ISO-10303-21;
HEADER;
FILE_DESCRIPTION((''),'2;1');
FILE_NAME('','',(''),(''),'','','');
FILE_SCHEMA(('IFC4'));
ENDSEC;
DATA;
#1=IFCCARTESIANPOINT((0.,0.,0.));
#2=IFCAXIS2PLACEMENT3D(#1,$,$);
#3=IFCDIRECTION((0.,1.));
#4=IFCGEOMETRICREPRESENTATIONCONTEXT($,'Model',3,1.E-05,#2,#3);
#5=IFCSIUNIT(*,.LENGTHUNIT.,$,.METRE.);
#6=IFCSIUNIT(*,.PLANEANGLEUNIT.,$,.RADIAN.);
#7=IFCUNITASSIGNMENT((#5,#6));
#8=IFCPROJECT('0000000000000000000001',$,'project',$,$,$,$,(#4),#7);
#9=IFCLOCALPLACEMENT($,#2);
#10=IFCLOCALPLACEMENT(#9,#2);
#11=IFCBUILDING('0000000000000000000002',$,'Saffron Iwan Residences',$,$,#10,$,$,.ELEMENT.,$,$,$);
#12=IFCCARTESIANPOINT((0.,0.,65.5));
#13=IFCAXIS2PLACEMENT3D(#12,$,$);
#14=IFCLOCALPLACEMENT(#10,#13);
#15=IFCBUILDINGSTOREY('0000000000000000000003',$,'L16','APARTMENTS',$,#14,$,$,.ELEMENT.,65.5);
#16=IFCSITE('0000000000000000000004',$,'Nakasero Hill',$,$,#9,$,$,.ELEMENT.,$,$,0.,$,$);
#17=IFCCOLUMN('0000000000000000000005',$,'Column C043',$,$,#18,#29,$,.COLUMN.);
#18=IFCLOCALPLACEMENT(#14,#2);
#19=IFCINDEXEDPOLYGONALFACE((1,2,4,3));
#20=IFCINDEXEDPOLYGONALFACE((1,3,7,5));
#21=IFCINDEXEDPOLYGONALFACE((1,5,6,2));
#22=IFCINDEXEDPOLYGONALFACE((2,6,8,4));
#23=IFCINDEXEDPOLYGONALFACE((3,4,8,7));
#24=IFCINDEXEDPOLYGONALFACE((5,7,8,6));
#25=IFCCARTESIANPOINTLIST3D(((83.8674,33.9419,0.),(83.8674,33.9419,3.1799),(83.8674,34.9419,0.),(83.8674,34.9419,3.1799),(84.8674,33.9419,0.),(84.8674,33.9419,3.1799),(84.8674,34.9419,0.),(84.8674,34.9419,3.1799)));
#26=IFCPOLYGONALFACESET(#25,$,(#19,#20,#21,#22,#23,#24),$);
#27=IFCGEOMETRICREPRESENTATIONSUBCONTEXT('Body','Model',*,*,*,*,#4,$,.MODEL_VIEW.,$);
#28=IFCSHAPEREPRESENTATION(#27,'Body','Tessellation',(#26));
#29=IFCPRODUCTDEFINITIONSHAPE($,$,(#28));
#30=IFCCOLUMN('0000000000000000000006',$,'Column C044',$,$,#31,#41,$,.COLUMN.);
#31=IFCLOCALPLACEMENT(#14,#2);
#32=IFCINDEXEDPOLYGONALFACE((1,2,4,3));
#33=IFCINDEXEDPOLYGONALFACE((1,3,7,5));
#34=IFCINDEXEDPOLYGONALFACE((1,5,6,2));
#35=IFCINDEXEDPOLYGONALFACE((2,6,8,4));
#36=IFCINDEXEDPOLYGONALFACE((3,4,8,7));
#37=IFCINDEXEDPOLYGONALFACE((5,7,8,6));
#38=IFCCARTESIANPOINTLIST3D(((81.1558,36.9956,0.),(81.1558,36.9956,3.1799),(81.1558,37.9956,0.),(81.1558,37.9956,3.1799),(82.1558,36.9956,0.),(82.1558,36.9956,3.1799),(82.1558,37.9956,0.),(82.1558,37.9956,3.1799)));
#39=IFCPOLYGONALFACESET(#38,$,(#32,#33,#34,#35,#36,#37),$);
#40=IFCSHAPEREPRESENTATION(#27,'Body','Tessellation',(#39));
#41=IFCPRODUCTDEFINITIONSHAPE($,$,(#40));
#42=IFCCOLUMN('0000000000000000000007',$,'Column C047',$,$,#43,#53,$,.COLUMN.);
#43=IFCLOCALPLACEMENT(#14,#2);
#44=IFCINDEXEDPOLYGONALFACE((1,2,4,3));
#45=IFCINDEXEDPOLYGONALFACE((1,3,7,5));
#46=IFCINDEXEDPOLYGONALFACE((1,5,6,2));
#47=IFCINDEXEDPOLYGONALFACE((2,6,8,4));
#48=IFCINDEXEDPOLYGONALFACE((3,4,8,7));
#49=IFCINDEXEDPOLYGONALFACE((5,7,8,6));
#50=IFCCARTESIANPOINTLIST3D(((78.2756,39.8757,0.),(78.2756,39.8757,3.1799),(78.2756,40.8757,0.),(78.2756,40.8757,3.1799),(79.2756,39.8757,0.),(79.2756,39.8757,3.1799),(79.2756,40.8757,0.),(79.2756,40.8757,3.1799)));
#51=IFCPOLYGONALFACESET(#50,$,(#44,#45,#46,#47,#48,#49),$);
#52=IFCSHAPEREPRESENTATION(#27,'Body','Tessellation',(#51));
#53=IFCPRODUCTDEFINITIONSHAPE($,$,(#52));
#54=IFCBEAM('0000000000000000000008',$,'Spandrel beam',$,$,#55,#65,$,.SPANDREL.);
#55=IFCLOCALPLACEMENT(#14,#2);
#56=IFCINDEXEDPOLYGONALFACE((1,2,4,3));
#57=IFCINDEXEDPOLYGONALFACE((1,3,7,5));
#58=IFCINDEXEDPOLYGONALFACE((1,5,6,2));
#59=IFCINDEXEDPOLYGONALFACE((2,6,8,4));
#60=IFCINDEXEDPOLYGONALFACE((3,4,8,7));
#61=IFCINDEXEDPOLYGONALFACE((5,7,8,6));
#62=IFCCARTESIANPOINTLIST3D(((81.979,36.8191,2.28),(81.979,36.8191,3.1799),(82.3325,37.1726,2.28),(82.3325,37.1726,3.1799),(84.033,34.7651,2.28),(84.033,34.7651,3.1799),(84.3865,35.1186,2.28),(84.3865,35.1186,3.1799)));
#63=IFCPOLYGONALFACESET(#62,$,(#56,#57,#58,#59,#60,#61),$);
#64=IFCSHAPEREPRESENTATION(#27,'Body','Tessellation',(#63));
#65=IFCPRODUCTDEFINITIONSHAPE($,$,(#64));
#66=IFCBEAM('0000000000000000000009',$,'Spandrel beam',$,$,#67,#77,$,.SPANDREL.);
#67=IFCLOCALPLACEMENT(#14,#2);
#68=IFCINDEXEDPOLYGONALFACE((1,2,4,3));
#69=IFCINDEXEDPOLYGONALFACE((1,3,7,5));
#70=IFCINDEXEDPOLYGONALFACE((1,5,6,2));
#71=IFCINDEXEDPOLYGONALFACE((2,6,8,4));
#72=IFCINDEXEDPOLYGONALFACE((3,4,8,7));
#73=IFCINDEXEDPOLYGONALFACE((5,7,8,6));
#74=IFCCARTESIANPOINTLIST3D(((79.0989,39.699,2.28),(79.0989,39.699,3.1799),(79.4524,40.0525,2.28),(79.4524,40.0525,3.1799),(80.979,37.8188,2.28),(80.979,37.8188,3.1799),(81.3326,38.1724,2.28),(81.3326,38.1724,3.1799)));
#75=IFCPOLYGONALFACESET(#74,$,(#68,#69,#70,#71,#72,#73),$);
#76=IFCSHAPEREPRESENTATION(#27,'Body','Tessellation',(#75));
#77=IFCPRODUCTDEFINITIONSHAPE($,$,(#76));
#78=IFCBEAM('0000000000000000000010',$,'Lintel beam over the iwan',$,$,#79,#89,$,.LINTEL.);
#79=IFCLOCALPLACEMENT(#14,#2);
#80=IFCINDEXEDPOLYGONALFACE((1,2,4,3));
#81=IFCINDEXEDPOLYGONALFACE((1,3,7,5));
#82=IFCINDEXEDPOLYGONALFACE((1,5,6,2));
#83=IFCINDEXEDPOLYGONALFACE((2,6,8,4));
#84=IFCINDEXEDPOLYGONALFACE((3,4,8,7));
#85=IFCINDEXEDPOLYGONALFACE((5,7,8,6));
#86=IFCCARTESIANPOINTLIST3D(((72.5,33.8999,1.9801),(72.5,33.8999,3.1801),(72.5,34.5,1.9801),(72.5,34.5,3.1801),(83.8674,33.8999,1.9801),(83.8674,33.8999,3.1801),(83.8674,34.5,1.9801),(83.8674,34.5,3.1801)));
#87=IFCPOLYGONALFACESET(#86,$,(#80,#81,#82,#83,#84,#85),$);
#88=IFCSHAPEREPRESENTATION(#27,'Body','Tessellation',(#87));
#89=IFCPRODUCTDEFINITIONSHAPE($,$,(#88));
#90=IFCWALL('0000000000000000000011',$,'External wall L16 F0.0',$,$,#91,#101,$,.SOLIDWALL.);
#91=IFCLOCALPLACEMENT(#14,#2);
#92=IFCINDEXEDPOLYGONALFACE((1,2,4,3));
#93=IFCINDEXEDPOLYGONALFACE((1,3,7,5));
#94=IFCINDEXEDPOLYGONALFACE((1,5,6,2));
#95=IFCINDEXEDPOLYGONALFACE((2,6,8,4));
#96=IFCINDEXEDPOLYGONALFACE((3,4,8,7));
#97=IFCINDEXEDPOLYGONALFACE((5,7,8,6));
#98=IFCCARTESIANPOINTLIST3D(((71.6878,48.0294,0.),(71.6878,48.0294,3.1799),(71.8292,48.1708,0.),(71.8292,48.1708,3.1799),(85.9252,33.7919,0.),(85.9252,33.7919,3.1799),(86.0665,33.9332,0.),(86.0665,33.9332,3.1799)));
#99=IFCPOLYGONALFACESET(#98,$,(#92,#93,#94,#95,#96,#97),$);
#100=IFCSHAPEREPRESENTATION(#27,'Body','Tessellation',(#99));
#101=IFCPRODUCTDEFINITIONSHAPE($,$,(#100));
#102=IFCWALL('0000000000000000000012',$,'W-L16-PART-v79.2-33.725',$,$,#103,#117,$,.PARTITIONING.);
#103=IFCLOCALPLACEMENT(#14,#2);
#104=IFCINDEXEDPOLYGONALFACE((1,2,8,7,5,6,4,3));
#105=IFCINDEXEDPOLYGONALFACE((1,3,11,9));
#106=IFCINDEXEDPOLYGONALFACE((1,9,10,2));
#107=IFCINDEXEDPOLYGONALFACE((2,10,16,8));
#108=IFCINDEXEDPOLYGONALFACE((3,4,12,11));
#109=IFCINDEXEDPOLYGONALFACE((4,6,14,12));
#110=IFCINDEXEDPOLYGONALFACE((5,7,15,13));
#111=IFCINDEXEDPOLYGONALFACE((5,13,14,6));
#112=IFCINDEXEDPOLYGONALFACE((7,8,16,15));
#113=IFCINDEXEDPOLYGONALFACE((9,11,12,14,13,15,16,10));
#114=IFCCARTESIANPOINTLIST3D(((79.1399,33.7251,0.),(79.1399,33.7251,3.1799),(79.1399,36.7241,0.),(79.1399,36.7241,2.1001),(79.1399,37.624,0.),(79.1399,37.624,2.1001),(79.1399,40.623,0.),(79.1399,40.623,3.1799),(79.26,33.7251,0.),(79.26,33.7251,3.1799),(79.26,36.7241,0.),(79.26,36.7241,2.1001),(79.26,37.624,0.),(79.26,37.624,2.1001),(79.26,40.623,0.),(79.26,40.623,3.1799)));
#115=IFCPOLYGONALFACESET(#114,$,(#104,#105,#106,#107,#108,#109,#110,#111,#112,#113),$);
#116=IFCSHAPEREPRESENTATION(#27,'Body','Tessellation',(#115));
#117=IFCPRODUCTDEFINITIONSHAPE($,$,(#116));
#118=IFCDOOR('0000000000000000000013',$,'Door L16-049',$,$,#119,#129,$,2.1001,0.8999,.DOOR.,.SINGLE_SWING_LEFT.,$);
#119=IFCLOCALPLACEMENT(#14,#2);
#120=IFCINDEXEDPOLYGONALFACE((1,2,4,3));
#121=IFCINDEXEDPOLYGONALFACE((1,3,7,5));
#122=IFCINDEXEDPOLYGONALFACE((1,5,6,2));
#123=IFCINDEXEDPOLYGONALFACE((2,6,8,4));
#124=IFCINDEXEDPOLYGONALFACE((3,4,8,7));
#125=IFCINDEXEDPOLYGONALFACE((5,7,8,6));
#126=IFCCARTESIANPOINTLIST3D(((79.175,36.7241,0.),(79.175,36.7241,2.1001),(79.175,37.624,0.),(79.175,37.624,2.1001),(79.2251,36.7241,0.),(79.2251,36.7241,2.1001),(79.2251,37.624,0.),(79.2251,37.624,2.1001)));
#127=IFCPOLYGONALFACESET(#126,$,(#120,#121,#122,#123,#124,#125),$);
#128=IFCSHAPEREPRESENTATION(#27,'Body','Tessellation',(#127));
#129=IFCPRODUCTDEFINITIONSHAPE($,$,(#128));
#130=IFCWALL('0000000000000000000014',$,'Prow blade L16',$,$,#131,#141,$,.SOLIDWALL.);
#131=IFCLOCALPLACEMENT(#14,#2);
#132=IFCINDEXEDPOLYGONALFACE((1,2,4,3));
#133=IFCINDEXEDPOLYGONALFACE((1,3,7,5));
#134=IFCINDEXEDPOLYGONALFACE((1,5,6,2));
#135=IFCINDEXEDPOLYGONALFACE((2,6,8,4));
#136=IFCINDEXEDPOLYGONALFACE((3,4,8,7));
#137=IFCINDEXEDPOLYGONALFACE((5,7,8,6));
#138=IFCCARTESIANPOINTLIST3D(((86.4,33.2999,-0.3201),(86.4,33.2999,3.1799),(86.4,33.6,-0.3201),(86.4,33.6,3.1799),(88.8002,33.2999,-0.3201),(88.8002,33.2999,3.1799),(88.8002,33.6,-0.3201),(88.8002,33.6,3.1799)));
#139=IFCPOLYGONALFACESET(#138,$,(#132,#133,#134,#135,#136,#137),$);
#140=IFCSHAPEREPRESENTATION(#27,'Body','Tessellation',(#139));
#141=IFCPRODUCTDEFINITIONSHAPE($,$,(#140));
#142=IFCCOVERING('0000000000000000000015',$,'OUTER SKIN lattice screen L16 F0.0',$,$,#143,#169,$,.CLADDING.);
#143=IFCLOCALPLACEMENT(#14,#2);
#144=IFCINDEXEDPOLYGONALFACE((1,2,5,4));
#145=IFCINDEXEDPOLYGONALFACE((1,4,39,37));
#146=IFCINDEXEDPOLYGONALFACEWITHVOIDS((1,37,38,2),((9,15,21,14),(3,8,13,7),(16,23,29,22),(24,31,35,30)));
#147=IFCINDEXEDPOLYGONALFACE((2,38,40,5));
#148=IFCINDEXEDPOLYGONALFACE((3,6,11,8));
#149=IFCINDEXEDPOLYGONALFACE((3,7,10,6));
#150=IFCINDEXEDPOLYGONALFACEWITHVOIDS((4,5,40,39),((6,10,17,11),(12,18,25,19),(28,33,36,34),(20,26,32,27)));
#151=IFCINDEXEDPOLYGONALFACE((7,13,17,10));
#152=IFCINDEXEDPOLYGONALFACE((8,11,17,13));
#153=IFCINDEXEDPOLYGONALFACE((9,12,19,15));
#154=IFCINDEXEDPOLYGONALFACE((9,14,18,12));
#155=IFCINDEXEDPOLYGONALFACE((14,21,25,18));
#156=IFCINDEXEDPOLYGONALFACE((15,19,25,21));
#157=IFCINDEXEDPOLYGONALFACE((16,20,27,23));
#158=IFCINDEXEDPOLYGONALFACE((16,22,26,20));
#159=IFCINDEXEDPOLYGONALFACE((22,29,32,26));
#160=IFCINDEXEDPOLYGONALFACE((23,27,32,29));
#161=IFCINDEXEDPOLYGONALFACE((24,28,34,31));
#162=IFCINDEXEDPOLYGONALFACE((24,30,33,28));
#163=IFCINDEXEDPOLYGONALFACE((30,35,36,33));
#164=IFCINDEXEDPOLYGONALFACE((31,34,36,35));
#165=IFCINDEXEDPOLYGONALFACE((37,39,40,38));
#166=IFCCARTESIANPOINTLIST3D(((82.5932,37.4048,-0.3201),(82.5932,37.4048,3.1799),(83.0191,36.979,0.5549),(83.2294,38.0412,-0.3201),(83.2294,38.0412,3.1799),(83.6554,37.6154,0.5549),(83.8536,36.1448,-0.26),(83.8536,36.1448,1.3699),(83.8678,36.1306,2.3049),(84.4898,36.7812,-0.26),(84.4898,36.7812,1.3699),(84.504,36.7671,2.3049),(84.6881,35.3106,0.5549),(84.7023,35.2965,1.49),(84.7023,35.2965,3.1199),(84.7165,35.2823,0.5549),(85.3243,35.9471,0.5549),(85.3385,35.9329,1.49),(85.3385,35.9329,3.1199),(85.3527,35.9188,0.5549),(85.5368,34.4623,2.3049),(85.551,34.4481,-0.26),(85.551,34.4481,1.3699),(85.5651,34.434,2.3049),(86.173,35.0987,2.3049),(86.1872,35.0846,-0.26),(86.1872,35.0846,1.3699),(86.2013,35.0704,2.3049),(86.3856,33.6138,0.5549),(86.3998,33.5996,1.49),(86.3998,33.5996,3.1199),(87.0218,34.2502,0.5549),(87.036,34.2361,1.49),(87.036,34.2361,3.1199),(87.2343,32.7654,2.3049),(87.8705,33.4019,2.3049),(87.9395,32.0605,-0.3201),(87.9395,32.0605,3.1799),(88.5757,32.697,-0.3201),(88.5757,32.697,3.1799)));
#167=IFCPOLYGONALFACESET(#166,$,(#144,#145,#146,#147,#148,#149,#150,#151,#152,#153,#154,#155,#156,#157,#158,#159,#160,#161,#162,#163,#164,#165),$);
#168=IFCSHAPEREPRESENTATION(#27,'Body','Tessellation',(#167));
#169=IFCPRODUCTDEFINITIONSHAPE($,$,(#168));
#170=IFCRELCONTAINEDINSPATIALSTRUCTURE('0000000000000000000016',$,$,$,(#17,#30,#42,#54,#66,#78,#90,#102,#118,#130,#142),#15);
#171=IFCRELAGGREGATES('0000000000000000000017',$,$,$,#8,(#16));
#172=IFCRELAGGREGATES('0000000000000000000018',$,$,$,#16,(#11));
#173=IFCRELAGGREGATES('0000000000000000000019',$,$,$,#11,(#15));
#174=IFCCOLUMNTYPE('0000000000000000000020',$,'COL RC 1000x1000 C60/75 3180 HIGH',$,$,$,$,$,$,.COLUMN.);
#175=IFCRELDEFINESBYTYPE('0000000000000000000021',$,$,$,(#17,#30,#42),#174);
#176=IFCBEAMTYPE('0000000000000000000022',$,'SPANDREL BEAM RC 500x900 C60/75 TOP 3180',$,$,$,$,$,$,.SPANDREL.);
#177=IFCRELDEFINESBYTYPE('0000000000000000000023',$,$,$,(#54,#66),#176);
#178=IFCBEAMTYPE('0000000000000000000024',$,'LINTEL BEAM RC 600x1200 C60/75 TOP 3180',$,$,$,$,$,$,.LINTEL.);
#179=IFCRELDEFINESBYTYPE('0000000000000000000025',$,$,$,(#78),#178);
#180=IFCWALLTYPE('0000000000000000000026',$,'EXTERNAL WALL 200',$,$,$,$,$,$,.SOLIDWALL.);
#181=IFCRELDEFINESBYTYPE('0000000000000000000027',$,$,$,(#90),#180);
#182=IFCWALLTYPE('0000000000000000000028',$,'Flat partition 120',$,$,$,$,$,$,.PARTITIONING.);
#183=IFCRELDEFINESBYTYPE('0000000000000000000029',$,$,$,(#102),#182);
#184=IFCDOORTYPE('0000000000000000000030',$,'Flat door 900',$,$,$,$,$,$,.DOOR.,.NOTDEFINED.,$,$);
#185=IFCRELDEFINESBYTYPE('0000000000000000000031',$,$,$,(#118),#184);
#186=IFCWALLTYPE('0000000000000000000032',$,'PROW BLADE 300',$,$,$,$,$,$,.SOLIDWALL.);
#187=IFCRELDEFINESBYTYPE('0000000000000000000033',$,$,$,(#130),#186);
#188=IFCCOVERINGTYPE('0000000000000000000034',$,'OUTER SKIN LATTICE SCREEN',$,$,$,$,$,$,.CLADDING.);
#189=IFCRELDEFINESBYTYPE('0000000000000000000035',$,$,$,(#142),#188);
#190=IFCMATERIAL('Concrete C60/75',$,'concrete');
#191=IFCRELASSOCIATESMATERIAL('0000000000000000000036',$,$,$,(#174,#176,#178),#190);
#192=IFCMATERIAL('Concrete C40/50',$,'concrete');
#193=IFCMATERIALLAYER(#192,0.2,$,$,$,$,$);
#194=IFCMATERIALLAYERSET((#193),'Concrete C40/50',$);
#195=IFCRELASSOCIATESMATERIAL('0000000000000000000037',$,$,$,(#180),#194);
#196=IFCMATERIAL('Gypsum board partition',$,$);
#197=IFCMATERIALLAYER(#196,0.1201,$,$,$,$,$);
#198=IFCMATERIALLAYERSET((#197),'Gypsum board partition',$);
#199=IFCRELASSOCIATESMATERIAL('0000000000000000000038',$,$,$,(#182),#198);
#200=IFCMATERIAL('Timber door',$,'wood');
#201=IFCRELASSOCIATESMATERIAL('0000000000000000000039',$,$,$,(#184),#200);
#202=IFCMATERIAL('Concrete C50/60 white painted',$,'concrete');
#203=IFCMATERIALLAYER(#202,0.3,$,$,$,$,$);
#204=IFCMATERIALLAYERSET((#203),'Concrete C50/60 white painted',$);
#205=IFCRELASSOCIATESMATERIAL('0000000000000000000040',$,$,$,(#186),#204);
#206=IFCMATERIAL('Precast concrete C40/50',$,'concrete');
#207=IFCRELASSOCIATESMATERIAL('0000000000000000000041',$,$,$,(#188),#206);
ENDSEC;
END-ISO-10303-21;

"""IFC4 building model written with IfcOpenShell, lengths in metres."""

from ifc_helpers import new_model, si_unit, direction, frame, frame_2d, origin, origin_2d, place, context, subcontext, project, spatial, polyline, rectangle, outline, extrude, source, transform, mapped, material, layer, layer_set, material_profile, profile_set, type_object, element, fill, save


model = new_model("IFC4")

# Units and contexts
model_context = context("Model", 3, precision=1e-05, world=origin(), true_north=direction((0.0, 1.0)))
body_context = subcontext(model_context, "Body", "Model", "MODEL_VIEW")
ifc_project = project(units=[si_unit("LENGTHUNIT", "METRE"), si_unit("PLANEANGLEUNIT", "RADIAN")], contexts=[model_context])

# Site, building, storey
site_placement = place(None, origin())
site = spatial("IfcSite", under=ifc_project, at=site_placement, Name="Nakasero Hill", CompositionType="ELEMENT", RefElevation=0.0)
building_placement = place(site_placement, origin())
building = spatial("IfcBuilding", under=site, at=building_placement, Name="Saffron Iwan Residences", CompositionType="ELEMENT")
storey_placement = place(building_placement, frame((0.0, 0.0, 65.5)))
storey = spatial("IfcBuildingStorey", under=building, at=storey_placement, Name="L16", Description="APARTMENTS", CompositionType="ELEMENT", Elevation=65.5)

# Columns
ifc_material_1 = material(Name="Concrete C60/75", Category="concrete")
ifc_material_profile_1 = material_profile(ifc_material_1, rectangle(XDim=1.0, YDim=1.0, at=origin_2d()), Name="RC 1000x1000")
ifc_profile_set_1 = profile_set([ifc_material_profile_1], Name="Concrete C60/75")
column_type = type_object("IfcColumnType", Name="COL RC 1000x1000 C60/75 3180 HIGH", PredefinedType="COLUMN", material=ifc_profile_set_1)
shared_shape_1 = source(origin(), body_context, "Body", "SweptSolid", [
    extrude(rectangle(XDim=1.0, YDim=1.0, at=origin_2d()), origin(), (0.0, 0.0, 1.0), 3.1799),
])
for number, where, z_axis, x_axis, name in (
    (1, (84.3674, 34.4419, 0.0), (0.0, 0.0, 1.0), (1.0, 0.0, 0.0), "Column C043"),
    (2, (81.6558, 37.4956, 0.0), (0.0, 0.0, 1.0), (1.0, 0.0, 0.0), "Column C044"),
    (3, (78.7756, 40.3757, 0.0), (0.0, 0.0, 1.0), (1.0, 0.0, 0.0), "Column C047"),
):
    element("IfcColumn", number, at=place(storey_placement, frame(where, z_axis=z_axis, x_axis=x_axis)), inside=storey, type_object=column_type, Name=name, PredefinedType="COLUMN", context=body_context, shape_type="MappedRepresentation", body=[
        mapped(shared_shape_1, transform((0.0, 0.0, 0.0))),
    ])

# Beams
ifc_material_profile_2 = material_profile(ifc_material_1, rectangle(XDim=0.5, YDim=0.8999, at=origin_2d()), Name="RC 500x900")
ifc_profile_set_2 = profile_set([ifc_material_profile_2], Name="Concrete C60/75")
beam_type_1 = type_object("IfcBeamType", Name="SPANDREL BEAM RC 500x900 C60/75 TOP 3180", PredefinedType="SPANDREL", material=ifc_profile_set_2)
shared_shape_2 = source(origin(), body_context, "Body", "SweptSolid", [
    extrude(rectangle(XDim=0.5, YDim=0.8999, at=origin_2d()), origin(), (0.0, 0.0, 1.0), 2.9048),
])
beam_1_placement = place(storey_placement, frame((82.1558, 36.9958, 2.73), z_axis=(0.707107, -0.707107, 0.0), x_axis=(0.707107, 0.707107, 0.0)))
element("IfcBeam", 4, at=beam_1_placement, inside=storey, type_object=beam_type_1, Name="Spandrel beam", PredefinedType="SPANDREL", context=body_context, shape_type="MappedRepresentation", body=[
    mapped(shared_shape_2, transform((0.0, 0.0, 0.0))),
])
shared_shape_3 = source(origin(), body_context, "Body", "SweptSolid", [
    extrude(rectangle(XDim=0.5, YDim=0.8999, at=origin_2d()), origin(), (0.0, 0.0, 1.0), 2.6589),
])
beam_2_placement = place(storey_placement, frame((79.2756, 39.8757, 2.73), z_axis=(0.707107, -0.707107, 0.0), x_axis=(0.707107, 0.707107, 0.0)))
element("IfcBeam", 5, at=beam_2_placement, inside=storey, type_object=beam_type_1, Name="Spandrel beam", PredefinedType="SPANDREL", context=body_context, shape_type="MappedRepresentation", body=[
    mapped(shared_shape_3, transform((0.0, 0.0, 0.0))),
])
ifc_material_profile_3 = material_profile(ifc_material_1, rectangle(XDim=0.6001, YDim=1.2, at=origin_2d()), Name="RC 600x1200")
ifc_profile_set_3 = profile_set([ifc_material_profile_3], Name="Concrete C60/75")
beam_type_2 = type_object("IfcBeamType", Name="LINTEL BEAM RC 600x1200 C60/75 TOP 3180", PredefinedType="LINTEL", material=ifc_profile_set_3)
shared_shape_4 = source(origin(), body_context, "Body", "SweptSolid", [
    extrude(rectangle(XDim=0.6001, YDim=1.2, at=origin_2d()), origin(), (0.0, 0.0, 1.0), 11.3674),
])
beam_3_placement = place(storey_placement, frame((83.8674, 34.2, 2.5801), z_axis=(-1.0, 0.0, 0.0), x_axis=(0.0, -1.0, 0.0)))
element("IfcBeam", 6, at=beam_3_placement, inside=storey, type_object=beam_type_2, Name="Lintel beam over the iwan", PredefinedType="LINTEL", context=body_context, shape_type="MappedRepresentation", body=[
    mapped(shared_shape_4, transform((0.0, 0.0, 0.0))),
])

# Wall
ifc_material_2 = material(Name="Concrete C40/50", Category="concrete")
ifc_layer_1 = layer(ifc_material_2, 0.2)
ifc_layer_set_1 = layer_set([ifc_layer_1], Name="Concrete C40/50")
wall_type_1 = type_object("IfcWallType", Name="EXTERNAL WALL 200", PredefinedType="SOLIDWALL", material=ifc_layer_set_1)
wall_1_placement = place(storey_placement, frame((85.9958, 33.8625, 0.0), z_axis=(0.0, 0.0, 1.0), x_axis=(-0.707101, 0.707113, 0.0)))
element("IfcWall", 7, at=wall_1_placement, inside=storey, type_object=wall_type_1, Name="External wall L16 F0.0", PredefinedType="SOLIDWALL", context=body_context, shape_type="SweptSolid", body=[
    extrude(rectangle(XDim=20.1348, YDim=0.2, at=frame_2d((10.0674, 0.0))), origin(), (0.0, 0.0, 1.0), 3.1799),
])

# Wall, opening, door
ifc_material_3 = material(Name="Gypsum board partition")
ifc_layer_2 = layer(ifc_material_3, 0.1201)
ifc_layer_set_2 = layer_set([ifc_layer_2], Name="Gypsum board partition")
wall_type_2 = type_object("IfcWallType", Name="Flat partition 120", PredefinedType="PARTITIONING", material=ifc_layer_set_2)
wall_2_placement = place(storey_placement, frame((79.2, 33.7251, 0.0), z_axis=(0.0, 0.0, 1.0), x_axis=(0.0, 1.0, 0.0)))
wall_2 = element("IfcWall", 8, at=wall_2_placement, inside=storey, type_object=wall_type_2, Name="W-L16-PART-v79.2-33.725", PredefinedType="PARTITIONING", context=body_context, shape_type="SweptSolid", body=[
    extrude(rectangle(XDim=6.8979, YDim=0.1201, at=frame_2d((3.449, 0.0))), origin(), (0.0, 0.0, 1.0), 3.1799),
])
opening_placement = place(wall_2_placement, frame((2.999, 0.0, 0.0)))
opening = element("IfcOpeningElement", 9, at=opening_placement, cuts=wall_2, PredefinedType="OPENING", context=body_context, shape_type="SweptSolid", body=[
    extrude(rectangle(XDim=0.8999, YDim=2.1001, at=frame_2d((0.45, 1.05))), frame((0.0, 0.0701, 0.0), z_axis=(0.0, -1.0, 0.0), x_axis=(1.0, 0.0, 0.0)), (0.0, 0.0, 1.0), 0.1401),
])
ifc_material_4 = material(Name="Timber door", Category="wood")
door_type = type_object("IfcDoorType", Name="Flat door 900", OperationType="NOTDEFINED", PredefinedType="DOOR", material=ifc_material_4)
door_placement = place(opening_placement, origin())
door = element("IfcDoor", 10, at=door_placement, inside=storey, type_object=door_type, Name="Door L16-049", OperationType="SINGLE_SWING_LEFT", OverallHeight=2.1001, OverallWidth=0.8999, PredefinedType="DOOR", context=body_context, shape_type="SweptSolid", body=[
    extrude(rectangle(XDim=0.8999, YDim=2.1001, at=frame_2d((0.45, 1.05))), frame((0.0, 0.0249, 0.0), z_axis=(0.0, -1.0, 0.0), x_axis=(1.0, 0.0, 0.0)), (0.0, 0.0, 1.0), 0.05),
])
fill(opening, door)

# Wall
ifc_material_5 = material(Name="Concrete C50/60 white painted", Category="concrete")
ifc_layer_3 = layer(ifc_material_5, 0.3)
ifc_layer_set_3 = layer_set([ifc_layer_3], Name="Concrete C50/60 white painted")
wall_type_3 = type_object("IfcWallType", Name="PROW BLADE 300", PredefinedType="SOLIDWALL", material=ifc_layer_set_3)
wall_3_placement = place(storey_placement, frame((86.3999, 33.45, -0.3201), z_axis=(0.0, 0.0, 1.0), x_axis=(1.0, 0.0, 0.0)))
element("IfcWall", 11, at=wall_3_placement, inside=storey, type_object=wall_type_3, Name="Prow blade L16", PredefinedType="SOLIDWALL", context=body_context, shape_type="SweptSolid", body=[
    extrude(rectangle(XDim=2.4001, YDim=0.3, at=frame_2d((1.2002, 0.0))), origin(), (0.0, 0.0, 1.0), 3.5),
])

# Covering
ifc_material_6 = material(Name="Precast concrete C40/50", Category="concrete")
covering_type = type_object("IfcCoveringType", Name="OUTER SKIN LATTICE SCREEN", PredefinedType="CLADDING", material=ifc_material_6)
covering_1_placement = place(storey_placement, frame((87.9395, 32.0605, -0.3201), z_axis=(0.706971, 0.707242, 0.0), x_axis=(-0.707242, 0.706971, 0.0)))
element("IfcCovering", 12, at=covering_1_placement, inside=storey, type_object=covering_type, Name="OUTER SKIN lattice screen L16 F0.0", PredefinedType="CLADDING", context=body_context, shape_type="SweptSolid", body=[
    extrude(outline(polyline([(0.0, 0.0), (7.5593, 0.0), (7.5593, 3.5), (0.0, 3.5), (0.0, 0.0)]), holes=[polyline([(2.197, 0.875), (3.3772, 0.0601), (4.5571, 0.875), (3.3772, 1.6899), (2.197, 0.875)]), polyline([(4.5972, 0.875), (5.7771, 0.0601), (6.957, 0.875), (5.7771, 1.6899), (4.5972, 0.875)]), polyline([(0.9971, 2.625), (2.177, 1.8101), (3.3572, 2.625), (2.177, 3.4399), (0.9971, 2.625)]), polyline([(3.3972, 2.625), (4.5771, 1.8101), (5.7571, 2.625), (4.5771, 3.4399), (3.3972, 2.625)])]), origin(), (0.0, 0.0, 1.0), 0.8999),
])

save(model, "model.ifc")
